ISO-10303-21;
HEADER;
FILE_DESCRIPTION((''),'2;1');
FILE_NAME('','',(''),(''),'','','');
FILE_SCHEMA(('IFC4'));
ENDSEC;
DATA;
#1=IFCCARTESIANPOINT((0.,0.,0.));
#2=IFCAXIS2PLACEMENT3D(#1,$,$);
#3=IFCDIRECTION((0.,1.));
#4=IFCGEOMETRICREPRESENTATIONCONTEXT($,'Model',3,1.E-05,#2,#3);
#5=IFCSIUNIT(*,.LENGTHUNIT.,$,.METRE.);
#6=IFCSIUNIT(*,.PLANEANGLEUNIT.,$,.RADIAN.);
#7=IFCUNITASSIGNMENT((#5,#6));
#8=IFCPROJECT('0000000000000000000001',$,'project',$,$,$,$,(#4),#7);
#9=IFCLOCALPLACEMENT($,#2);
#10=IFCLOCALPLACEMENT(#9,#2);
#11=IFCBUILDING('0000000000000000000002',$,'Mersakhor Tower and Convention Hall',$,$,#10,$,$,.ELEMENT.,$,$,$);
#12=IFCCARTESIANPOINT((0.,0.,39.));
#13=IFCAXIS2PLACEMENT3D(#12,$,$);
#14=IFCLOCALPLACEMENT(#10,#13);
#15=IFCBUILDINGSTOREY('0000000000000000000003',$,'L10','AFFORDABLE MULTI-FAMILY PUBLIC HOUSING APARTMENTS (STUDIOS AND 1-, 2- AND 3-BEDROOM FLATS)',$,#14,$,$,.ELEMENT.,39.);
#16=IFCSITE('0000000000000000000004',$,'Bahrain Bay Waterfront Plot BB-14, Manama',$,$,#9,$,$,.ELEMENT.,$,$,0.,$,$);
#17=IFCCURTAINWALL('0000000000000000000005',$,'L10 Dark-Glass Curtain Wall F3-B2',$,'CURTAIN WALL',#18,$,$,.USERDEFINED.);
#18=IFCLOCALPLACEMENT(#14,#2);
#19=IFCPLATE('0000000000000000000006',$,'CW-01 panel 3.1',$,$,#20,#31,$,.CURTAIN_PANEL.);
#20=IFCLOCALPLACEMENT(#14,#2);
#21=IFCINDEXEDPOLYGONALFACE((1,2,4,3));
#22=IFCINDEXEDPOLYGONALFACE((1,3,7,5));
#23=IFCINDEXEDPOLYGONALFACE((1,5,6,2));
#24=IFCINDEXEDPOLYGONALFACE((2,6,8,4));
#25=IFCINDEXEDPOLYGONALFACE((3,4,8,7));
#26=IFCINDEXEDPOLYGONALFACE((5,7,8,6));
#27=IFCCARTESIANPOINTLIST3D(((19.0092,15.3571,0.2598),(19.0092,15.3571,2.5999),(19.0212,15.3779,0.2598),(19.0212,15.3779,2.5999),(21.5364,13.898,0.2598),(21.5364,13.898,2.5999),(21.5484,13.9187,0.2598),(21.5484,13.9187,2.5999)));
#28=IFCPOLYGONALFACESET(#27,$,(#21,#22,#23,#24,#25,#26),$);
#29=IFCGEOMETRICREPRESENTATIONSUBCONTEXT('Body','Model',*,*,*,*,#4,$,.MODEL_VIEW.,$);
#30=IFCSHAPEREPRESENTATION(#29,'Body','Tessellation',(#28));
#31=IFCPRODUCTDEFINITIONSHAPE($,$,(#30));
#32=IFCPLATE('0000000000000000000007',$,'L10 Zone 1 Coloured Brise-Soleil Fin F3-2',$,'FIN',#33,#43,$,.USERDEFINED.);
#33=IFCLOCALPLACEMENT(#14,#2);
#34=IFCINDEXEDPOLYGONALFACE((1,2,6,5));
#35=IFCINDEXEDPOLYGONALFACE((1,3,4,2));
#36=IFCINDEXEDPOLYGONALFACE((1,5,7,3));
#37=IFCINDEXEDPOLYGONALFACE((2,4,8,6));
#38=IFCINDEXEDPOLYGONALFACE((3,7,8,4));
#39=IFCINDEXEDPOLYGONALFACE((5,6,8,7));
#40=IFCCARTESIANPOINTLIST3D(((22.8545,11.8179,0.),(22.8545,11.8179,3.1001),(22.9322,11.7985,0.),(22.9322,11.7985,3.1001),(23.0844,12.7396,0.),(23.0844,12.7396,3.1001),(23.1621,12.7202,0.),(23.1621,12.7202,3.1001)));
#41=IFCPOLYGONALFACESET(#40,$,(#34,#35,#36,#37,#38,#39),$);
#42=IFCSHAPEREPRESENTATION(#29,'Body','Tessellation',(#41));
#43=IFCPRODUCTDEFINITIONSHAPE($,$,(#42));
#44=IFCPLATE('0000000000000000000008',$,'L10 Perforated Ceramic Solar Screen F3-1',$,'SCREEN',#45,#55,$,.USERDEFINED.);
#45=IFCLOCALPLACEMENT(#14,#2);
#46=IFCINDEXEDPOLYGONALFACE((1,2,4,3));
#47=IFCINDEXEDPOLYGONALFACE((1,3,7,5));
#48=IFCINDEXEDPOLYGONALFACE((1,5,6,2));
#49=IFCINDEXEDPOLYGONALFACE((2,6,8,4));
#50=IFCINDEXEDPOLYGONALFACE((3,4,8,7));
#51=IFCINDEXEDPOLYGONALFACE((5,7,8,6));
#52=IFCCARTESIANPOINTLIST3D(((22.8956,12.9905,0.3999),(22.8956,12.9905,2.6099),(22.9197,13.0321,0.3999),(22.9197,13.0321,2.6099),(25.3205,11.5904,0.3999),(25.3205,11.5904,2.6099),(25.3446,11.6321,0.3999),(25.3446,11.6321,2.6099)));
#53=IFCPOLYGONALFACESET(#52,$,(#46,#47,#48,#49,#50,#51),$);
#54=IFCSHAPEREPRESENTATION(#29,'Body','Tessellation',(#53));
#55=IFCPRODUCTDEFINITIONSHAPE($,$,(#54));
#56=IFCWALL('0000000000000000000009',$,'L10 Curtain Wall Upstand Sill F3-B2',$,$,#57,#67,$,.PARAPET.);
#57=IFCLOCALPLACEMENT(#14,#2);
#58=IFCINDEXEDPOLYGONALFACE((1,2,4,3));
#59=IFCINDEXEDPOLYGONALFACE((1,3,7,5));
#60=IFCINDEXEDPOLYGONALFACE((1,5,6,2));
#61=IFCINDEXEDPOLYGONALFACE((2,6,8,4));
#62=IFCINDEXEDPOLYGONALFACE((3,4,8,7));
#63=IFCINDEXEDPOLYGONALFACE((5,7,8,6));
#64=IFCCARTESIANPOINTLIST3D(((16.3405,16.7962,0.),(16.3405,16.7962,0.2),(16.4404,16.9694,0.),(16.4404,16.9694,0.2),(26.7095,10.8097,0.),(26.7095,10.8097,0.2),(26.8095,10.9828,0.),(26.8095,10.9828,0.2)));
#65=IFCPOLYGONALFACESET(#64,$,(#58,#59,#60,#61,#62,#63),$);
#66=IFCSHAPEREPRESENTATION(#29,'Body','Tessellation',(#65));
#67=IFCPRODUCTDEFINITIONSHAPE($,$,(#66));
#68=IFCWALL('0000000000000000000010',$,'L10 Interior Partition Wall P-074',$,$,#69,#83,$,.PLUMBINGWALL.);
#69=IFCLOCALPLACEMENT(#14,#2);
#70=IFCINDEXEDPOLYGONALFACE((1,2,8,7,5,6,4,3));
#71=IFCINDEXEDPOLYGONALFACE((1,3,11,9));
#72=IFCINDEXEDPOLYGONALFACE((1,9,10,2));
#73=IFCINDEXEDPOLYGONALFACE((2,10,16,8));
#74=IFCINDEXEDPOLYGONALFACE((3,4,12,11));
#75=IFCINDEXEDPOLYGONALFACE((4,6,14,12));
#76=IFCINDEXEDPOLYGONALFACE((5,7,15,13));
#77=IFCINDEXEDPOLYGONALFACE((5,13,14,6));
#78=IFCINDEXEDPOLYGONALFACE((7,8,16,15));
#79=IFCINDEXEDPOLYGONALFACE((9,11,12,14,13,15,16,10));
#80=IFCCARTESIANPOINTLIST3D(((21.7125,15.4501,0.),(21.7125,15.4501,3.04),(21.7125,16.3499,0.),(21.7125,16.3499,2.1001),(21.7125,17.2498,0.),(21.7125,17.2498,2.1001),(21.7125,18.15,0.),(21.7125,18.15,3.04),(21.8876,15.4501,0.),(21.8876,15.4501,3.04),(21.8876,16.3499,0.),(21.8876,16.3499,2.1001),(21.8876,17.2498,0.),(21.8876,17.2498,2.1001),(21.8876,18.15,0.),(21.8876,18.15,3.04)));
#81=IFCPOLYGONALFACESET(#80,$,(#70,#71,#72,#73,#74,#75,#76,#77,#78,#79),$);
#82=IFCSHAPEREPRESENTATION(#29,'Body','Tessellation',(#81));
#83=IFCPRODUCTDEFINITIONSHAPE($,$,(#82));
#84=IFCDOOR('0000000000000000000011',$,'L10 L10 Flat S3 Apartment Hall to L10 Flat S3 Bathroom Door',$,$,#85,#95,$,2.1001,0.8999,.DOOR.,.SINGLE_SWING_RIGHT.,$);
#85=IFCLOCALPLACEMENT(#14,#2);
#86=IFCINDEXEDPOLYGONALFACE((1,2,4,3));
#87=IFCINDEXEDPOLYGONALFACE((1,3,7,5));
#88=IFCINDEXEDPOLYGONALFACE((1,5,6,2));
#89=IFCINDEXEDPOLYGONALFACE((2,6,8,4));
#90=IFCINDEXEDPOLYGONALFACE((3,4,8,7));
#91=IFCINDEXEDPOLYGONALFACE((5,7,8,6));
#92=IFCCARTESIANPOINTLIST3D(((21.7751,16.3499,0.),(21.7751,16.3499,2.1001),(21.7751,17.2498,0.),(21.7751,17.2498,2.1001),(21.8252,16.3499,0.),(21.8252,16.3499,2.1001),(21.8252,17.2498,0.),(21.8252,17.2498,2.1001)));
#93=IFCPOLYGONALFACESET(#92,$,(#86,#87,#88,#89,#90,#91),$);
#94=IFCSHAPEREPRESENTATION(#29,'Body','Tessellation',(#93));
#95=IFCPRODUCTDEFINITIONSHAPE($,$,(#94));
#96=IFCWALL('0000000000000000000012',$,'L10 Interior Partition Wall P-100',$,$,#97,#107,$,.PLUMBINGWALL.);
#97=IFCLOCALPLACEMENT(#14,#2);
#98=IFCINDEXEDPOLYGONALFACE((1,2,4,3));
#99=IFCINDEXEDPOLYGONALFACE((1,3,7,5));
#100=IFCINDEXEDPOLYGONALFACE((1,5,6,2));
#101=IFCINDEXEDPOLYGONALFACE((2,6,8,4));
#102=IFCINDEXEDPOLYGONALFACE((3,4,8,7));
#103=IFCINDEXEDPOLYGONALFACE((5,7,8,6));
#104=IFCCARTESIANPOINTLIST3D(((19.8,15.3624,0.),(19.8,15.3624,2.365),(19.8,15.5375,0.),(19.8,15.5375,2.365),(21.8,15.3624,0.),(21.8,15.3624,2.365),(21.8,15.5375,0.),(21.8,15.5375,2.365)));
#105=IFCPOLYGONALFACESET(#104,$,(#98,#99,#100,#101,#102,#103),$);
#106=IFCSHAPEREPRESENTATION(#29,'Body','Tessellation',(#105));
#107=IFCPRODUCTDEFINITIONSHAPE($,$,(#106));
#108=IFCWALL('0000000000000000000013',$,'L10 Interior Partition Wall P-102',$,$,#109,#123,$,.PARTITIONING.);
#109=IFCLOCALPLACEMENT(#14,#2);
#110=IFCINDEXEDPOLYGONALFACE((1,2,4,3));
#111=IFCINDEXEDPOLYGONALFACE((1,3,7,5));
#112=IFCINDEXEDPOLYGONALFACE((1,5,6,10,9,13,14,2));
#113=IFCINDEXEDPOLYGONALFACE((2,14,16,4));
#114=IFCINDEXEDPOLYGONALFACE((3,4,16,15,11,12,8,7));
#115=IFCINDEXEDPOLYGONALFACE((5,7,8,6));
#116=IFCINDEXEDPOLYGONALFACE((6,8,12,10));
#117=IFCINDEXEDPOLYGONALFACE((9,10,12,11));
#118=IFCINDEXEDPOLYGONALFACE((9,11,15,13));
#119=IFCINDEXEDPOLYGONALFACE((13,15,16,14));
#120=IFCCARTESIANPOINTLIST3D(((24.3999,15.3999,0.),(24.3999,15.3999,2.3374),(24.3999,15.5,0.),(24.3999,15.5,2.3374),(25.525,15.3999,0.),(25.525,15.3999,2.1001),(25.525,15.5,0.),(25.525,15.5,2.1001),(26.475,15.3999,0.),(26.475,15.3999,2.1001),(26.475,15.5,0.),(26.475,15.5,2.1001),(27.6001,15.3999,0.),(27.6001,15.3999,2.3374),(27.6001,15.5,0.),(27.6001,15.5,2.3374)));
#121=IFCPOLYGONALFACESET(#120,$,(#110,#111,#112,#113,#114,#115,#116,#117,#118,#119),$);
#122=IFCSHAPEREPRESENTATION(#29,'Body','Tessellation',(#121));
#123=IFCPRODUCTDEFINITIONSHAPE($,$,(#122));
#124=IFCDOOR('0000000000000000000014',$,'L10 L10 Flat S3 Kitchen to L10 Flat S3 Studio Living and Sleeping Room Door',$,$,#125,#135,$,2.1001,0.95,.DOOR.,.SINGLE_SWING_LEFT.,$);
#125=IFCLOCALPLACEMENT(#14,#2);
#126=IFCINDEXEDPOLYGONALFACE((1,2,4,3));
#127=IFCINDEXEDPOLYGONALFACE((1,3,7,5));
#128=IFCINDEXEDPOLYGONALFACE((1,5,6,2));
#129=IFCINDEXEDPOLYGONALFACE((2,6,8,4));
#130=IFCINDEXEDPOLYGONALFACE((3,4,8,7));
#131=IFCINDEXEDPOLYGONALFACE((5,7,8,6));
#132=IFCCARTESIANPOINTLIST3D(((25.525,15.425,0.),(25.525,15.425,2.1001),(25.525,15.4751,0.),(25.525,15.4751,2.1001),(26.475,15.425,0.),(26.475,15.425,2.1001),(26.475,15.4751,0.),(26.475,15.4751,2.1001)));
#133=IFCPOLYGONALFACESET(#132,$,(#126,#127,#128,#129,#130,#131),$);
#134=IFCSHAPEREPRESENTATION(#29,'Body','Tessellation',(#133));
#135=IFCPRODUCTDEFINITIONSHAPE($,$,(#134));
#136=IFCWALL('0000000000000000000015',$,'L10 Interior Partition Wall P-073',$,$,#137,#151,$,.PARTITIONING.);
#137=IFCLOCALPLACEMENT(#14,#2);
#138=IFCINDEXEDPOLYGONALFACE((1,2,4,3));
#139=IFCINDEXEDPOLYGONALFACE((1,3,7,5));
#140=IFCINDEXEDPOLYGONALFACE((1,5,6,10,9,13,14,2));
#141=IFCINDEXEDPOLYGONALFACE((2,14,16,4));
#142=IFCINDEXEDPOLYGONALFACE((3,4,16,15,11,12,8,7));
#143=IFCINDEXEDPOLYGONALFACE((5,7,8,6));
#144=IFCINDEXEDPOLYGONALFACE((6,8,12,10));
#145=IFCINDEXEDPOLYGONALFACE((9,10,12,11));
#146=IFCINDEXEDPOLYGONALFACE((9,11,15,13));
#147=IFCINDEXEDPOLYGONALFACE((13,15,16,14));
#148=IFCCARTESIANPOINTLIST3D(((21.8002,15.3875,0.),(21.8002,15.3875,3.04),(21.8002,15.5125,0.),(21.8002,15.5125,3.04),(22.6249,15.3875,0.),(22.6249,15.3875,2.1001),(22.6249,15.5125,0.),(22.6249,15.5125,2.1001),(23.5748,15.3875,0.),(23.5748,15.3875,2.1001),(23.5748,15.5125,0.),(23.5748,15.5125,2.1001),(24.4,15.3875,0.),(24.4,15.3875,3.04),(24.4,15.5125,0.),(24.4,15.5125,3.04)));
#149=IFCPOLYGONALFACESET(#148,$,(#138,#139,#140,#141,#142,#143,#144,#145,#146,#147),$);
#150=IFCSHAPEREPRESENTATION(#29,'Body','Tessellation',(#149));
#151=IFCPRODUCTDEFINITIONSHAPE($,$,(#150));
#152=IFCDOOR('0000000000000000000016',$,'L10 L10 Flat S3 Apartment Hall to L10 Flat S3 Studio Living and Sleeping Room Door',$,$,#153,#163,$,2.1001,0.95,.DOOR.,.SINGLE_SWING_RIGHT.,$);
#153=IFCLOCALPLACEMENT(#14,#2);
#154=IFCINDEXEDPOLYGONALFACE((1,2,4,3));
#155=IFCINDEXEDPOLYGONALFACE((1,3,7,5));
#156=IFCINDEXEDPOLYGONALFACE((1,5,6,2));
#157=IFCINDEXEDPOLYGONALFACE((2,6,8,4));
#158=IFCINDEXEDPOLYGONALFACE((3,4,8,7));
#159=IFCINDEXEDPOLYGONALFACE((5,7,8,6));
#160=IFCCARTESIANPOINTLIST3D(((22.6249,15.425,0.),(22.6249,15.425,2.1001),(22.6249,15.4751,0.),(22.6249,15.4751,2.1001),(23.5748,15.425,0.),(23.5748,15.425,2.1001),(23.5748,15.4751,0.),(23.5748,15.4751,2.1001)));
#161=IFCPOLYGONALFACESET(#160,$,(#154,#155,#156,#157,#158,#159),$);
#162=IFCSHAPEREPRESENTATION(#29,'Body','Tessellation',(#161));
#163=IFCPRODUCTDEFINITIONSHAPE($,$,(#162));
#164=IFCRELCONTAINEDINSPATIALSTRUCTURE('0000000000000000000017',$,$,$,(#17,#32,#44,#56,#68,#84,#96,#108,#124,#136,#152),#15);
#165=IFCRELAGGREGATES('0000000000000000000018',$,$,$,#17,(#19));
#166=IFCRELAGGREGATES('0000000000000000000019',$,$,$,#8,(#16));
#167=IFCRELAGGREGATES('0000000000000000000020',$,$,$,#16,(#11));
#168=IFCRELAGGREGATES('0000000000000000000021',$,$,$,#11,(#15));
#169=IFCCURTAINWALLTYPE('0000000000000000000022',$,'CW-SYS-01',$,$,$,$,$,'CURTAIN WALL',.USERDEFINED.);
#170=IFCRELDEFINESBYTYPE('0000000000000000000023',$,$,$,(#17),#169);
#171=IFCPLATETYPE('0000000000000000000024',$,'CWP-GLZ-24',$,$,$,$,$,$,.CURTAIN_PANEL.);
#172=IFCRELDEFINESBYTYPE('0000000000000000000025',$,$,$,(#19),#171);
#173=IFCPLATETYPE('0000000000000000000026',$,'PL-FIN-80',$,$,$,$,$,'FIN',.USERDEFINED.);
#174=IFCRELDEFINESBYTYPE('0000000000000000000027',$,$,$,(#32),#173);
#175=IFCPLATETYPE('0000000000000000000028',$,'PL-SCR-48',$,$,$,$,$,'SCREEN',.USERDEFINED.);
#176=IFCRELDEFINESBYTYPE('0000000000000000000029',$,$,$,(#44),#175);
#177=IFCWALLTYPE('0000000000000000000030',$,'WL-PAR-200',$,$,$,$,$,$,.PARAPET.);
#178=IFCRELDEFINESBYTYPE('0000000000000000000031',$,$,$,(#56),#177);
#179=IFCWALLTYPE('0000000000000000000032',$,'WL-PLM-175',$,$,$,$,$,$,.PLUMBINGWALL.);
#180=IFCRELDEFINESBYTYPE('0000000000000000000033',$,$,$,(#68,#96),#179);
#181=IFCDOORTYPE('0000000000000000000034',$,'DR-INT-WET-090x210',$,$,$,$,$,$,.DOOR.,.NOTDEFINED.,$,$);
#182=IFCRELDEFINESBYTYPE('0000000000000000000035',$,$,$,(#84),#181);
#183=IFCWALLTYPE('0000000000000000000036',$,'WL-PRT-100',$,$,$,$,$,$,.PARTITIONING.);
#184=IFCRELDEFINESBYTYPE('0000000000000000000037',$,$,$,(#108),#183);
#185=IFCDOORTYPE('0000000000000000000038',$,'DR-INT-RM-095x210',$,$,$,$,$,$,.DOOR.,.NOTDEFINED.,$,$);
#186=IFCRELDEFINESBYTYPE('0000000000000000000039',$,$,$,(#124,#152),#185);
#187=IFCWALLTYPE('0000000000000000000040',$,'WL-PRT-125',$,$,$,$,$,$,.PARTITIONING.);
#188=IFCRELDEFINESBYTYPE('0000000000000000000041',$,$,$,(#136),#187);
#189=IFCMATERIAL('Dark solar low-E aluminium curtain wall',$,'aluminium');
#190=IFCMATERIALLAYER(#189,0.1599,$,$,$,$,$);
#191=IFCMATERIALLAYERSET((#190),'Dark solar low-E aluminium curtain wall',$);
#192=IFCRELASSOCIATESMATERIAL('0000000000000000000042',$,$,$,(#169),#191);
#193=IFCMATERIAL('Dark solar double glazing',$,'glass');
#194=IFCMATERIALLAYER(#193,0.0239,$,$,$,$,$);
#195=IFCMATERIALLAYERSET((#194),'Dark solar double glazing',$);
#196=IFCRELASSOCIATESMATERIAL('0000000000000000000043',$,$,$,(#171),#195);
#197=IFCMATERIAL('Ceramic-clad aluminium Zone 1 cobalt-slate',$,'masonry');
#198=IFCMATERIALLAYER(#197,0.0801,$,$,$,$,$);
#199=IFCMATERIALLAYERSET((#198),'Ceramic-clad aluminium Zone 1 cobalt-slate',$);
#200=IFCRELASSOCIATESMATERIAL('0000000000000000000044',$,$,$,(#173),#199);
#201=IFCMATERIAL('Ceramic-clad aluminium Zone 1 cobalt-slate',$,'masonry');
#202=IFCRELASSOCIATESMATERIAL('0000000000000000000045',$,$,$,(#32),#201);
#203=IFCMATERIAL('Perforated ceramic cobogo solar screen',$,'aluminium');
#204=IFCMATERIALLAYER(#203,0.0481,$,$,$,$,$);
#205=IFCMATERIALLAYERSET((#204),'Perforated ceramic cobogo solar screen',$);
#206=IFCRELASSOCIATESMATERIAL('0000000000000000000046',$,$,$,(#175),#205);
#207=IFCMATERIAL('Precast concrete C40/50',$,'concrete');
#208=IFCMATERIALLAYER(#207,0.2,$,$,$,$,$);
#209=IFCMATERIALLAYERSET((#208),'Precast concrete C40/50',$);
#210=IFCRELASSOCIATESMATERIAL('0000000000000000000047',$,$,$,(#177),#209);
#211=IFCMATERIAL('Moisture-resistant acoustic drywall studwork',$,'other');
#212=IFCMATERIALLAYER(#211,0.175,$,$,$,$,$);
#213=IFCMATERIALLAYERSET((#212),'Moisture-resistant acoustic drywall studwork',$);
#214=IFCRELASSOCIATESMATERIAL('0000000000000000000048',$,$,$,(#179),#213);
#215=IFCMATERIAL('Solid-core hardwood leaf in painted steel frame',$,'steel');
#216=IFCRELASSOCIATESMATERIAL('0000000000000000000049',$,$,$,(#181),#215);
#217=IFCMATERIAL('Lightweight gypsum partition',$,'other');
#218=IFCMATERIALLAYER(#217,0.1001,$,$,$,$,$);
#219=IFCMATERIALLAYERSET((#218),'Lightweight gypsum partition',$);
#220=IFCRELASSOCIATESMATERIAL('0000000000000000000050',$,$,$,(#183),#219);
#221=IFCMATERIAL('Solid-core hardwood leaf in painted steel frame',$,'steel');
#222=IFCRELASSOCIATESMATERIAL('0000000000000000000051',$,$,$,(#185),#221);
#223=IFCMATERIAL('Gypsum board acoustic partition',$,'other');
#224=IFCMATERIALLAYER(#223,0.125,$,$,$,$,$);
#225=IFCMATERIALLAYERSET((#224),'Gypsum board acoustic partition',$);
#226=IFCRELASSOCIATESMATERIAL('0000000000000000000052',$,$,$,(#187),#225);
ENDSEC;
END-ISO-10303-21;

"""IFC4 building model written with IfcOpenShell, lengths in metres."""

from ifc_helpers import new_model, si_unit, direction, frame, frame_2d, origin, origin_2d, place, context, subcontext, project, spatial, rectangle, extrude, material, layer, layer_set, type_object, element, fill, aggregate, save


model = new_model("IFC4")

# Units and contexts
model_context = context("Model", 3, precision=1e-05, world=origin(), true_north=direction((0.0, 1.0)))
body_context = subcontext(model_context, "Body", "Model", "MODEL_VIEW")
ifc_project = project(units=[si_unit("LENGTHUNIT", "METRE"), si_unit("PLANEANGLEUNIT", "RADIAN")], contexts=[model_context])

# Site, building, storey
site_placement = place(None, origin())
site = spatial("IfcSite", under=ifc_project, at=site_placement, Name="Bahrain Bay Waterfront Plot BB-14, Manama", CompositionType="ELEMENT", RefElevation=0.0)
building_placement = place(site_placement, origin())
building = spatial("IfcBuilding", under=site, at=building_placement, Name="Mersakhor Tower and Convention Hall", CompositionType="ELEMENT")
storey_placement = place(building_placement, frame((0.0, 0.0, 39.0)))
storey = spatial("IfcBuildingStorey", under=building, at=storey_placement, Name="L10", Description="AFFORDABLE MULTI-FAMILY PUBLIC HOUSING APARTMENTS (STUDIOS AND 1-, 2- AND 3-BEDROOM FLATS)", CompositionType="ELEMENT", Elevation=39.0)

# Curtain wall, plate
ifc_material_1 = material(Name="Dark solar low-E aluminium curtain wall", Category="aluminium")
ifc_layer_1 = layer(ifc_material_1, 0.1599)
ifc_layer_set_1 = layer_set([ifc_layer_1], Name="Dark solar low-E aluminium curtain wall")
curtain_wall_type = type_object("IfcCurtainWallType", Name="CW-SYS-01", ElementType="CURTAIN WALL", PredefinedType="USERDEFINED", material=ifc_layer_set_1)
curtain_wall_placement = place(storey_placement, origin())
curtain_wall = element("IfcCurtainWall", 1, at=curtain_wall_placement, inside=storey, type_object=curtain_wall_type, Name="L10 Dark-Glass Curtain Wall F3-B2", ObjectType="CURTAIN WALL", PredefinedType="USERDEFINED")
ifc_material_2 = material(Name="Dark solar double glazing", Category="glass")
ifc_layer_2 = layer(ifc_material_2, 0.0239)
ifc_layer_set_2 = layer_set([ifc_layer_2], Name="Dark solar double glazing")
plate_type_1 = type_object("IfcPlateType", Name="CWP-GLZ-24", PredefinedType="CURTAIN_PANEL", material=ifc_layer_set_2)
plate_1_placement = place(storey_placement, frame((20.2788, 14.6379, 0.2598), z_axis=(0.0, 0.0, 1.0), x_axis=(-0.866023, 0.500003, 0.0)))
plate_1 = element("IfcPlate", 2, at=plate_1_placement, type_object=plate_type_1, Name="CW-01 panel 3.1", PredefinedType="CURTAIN_PANEL", context=body_context, shape_type="SweptSolid", body=[
    extrude(rectangle(XDim=2.9182, YDim=0.0239, at=origin_2d()), origin(), (0.0, 0.0, 1.0), 2.3401),
])
aggregate(curtain_wall, [plate_1])

# Plates
ifc_material_3 = material(Name="Ceramic-clad aluminium Zone 1 cobalt-slate", Category="masonry")
ifc_material_4 = material(Name="Ceramic-clad aluminium Zone 1 cobalt-slate", Category="masonry")
ifc_layer_3 = layer(ifc_material_4, 0.0801)
ifc_layer_set_3 = layer_set([ifc_layer_3], Name="Ceramic-clad aluminium Zone 1 cobalt-slate")
plate_type_2 = type_object("IfcPlateType", Name="PL-FIN-80", ElementType="FIN", PredefinedType="USERDEFINED", material=ifc_layer_set_3)
plate_2_placement = place(storey_placement, frame((23.0083, 12.269, 0.0), z_axis=(0.0, 0.0, 1.0), x_axis=(-0.241922, -0.970296, 0.0)))
element("IfcPlate", 3, at=plate_2_placement, inside=storey, type_object=plate_type_2, material=ifc_material_3, Name="L10 Zone 1 Coloured Brise-Soleil Fin F3-2", ObjectType="FIN", PredefinedType="USERDEFINED", context=body_context, shape_type="SweptSolid", body=[
    extrude(rectangle(XDim=0.95, YDim=0.0801, at=origin_2d()), origin(), (0.0, 0.0, 1.0), 3.1001),
])
ifc_material_5 = material(Name="Perforated ceramic cobogo solar screen", Category="aluminium")
ifc_layer_4 = layer(ifc_material_5, 0.0481)
ifc_layer_set_4 = layer_set([ifc_layer_4], Name="Perforated ceramic cobogo solar screen")
plate_type_3 = type_object("IfcPlateType", Name="PL-SCR-48", ElementType="SCREEN", PredefinedType="USERDEFINED", material=ifc_layer_set_4)
plate_3_placement = place(storey_placement, frame((24.1201, 12.3113, 0.3999), z_axis=(0.0, 0.0, 1.0), x_axis=(-0.866025, 0.5, 0.0)))
element("IfcPlate", 4, at=plate_3_placement, inside=storey, type_object=plate_type_3, Name="L10 Perforated Ceramic Solar Screen F3-1", ObjectType="SCREEN", PredefinedType="USERDEFINED", context=body_context, shape_type="SweptSolid", body=[
    extrude(rectangle(XDim=2.8, YDim=0.0481, at=origin_2d()), origin(), (0.0, 0.0, 1.0), 2.21),
])

# Wall
ifc_material_6 = material(Name="Precast concrete C40/50", Category="concrete")
ifc_layer_5 = layer(ifc_material_6, 0.2)
ifc_layer_set_5 = layer_set([ifc_layer_5], Name="Precast concrete C40/50")
wall_type_1 = type_object("IfcWallType", Name="WL-PAR-200", PredefinedType="PARAPET", material=ifc_layer_set_5)
wall_1_placement = place(storey_placement, frame((26.7595, 10.8962, 0.0), z_axis=(0.0, 0.0, 1.0), x_axis=(-0.866027, 0.499997, 0.0)))
element("IfcWall", 5, at=wall_1_placement, inside=storey, type_object=wall_type_1, Name="L10 Curtain Wall Upstand Sill F3-B2", PredefinedType="PARAPET", context=body_context, shape_type="SweptSolid", body=[
    extrude(rectangle(XDim=11.9731, YDim=0.2, at=frame_2d((5.9866, 0.0))), origin(), (0.0, 0.0, 1.0), 0.2),
])

# Wall, opening, door
ifc_material_7 = material(Name="Moisture-resistant acoustic drywall studwork", Category="other")
ifc_layer_6 = layer(ifc_material_7, 0.175)
ifc_layer_set_6 = layer_set([ifc_layer_6], Name="Moisture-resistant acoustic drywall studwork")
wall_type_2 = type_object("IfcWallType", Name="WL-PLM-175", PredefinedType="PLUMBINGWALL", material=ifc_layer_set_6)
wall_2_placement = place(storey_placement, frame((21.8, 15.45, 0.0), z_axis=(0.0, 0.0, 1.0), x_axis=(0.0, 1.0, 0.0)))
wall_2 = element("IfcWall", 6, at=wall_2_placement, inside=storey, type_object=wall_type_2, Name="L10 Interior Partition Wall P-074", PredefinedType="PLUMBINGWALL", context=body_context, shape_type="SweptSolid", body=[
    extrude(rectangle(XDim=2.7, YDim=0.175, at=frame_2d((1.3501, 0.0))), origin(), (0.0, 0.0, 1.0), 3.04),
])
opening_1_placement = place(wall_2_placement, frame((0.8999, 0.0, 0.0)))
opening_1 = element("IfcOpeningElement", 7, at=opening_1_placement, cuts=wall_2, PredefinedType="OPENING", context=body_context, shape_type="SweptSolid", body=[
    extrude(rectangle(XDim=0.8999, YDim=2.1001, at=frame_2d((0.45, 1.05))), frame((0.0, 0.0974, 0.0), z_axis=(0.0, -1.0, 0.0), x_axis=(1.0, 0.0, 0.0)), (0.0, 0.0, 1.0), 0.1951),
])
ifc_material_8 = material(Name="Solid-core hardwood leaf in painted steel frame", Category="steel")
door_type_1 = type_object("IfcDoorType", Name="DR-INT-WET-090x210", OperationType="NOTDEFINED", PredefinedType="DOOR", material=ifc_material_8)
door_1_placement = place(opening_1_placement, origin())
door_1 = element("IfcDoor", 8, at=door_1_placement, inside=storey, type_object=door_type_1, Name="L10 L10 Flat S3 Apartment Hall to L10 Flat S3 Bathroom Door", OperationType="SINGLE_SWING_RIGHT", OverallHeight=2.1001, OverallWidth=0.8999, PredefinedType="DOOR", context=body_context, shape_type="SweptSolid", body=[
    extrude(rectangle(XDim=0.8999, YDim=2.1001, at=frame_2d((0.45, 1.05))), frame((0.0, 0.0249, 0.0), z_axis=(0.0, -1.0, 0.0), x_axis=(1.0, 0.0, 0.0)), (0.0, 0.0, 1.0), 0.05),
])
fill(opening_1, door_1)

# Wall
wall_3_placement = place(storey_placement, frame((21.8, 15.45, 0.0), z_axis=(0.0, 0.0, 1.0), x_axis=(-1.0, 0.0, 0.0)))
element("IfcWall", 9, at=wall_3_placement, inside=storey, type_object=wall_type_2, Name="L10 Interior Partition Wall P-100", PredefinedType="PLUMBINGWALL", context=body_context, shape_type="SweptSolid", body=[
    extrude(rectangle(XDim=2.0, YDim=0.175, at=frame_2d((1.0, 0.0))), origin(), (0.0, 0.0, 1.0), 2.365),
])

# Walls, openings, doors
ifc_material_9 = material(Name="Lightweight gypsum partition", Category="other")
ifc_layer_7 = layer(ifc_material_9, 0.1001)
ifc_layer_set_7 = layer_set([ifc_layer_7], Name="Lightweight gypsum partition")
wall_type_3 = type_object("IfcWallType", Name="WL-PRT-100", PredefinedType="PARTITIONING", material=ifc_layer_set_7)
wall_4_placement = place(storey_placement, frame((27.6001, 15.45, 0.0), z_axis=(0.0, 0.0, 1.0), x_axis=(-1.0, 0.0, 0.0)))
wall_4 = element("IfcWall", 10, at=wall_4_placement, inside=storey, type_object=wall_type_3, Name="L10 Interior Partition Wall P-102", PredefinedType="PARTITIONING", context=body_context, shape_type="SweptSolid", body=[
    extrude(rectangle(XDim=3.2002, YDim=0.1001, at=frame_2d((1.6001, 0.0))), origin(), (0.0, 0.0, 1.0), 2.3374),
])
opening_2_placement = place(wall_4_placement, frame((1.125, 0.0, 0.0)))
opening_2 = element("IfcOpeningElement", 11, at=opening_2_placement, cuts=wall_4, PredefinedType="OPENING", context=body_context, shape_type="SweptSolid", body=[
    extrude(rectangle(XDim=0.95, YDim=2.1001, at=frame_2d((0.4751, 1.05))), frame((0.0, 0.0601, 0.0), z_axis=(0.0, -1.0, 0.0), x_axis=(1.0, 0.0, 0.0)), (0.0, 0.0, 1.0), 0.1201),
])
ifc_material_10 = material(Name="Solid-core hardwood leaf in painted steel frame", Category="steel")
door_type_2 = type_object("IfcDoorType", Name="DR-INT-RM-095x210", OperationType="NOTDEFINED", PredefinedType="DOOR", material=ifc_material_10)
door_2_placement = place(opening_2_placement, origin())
door_2 = element("IfcDoor", 12, at=door_2_placement, inside=storey, type_object=door_type_2, Name="L10 L10 Flat S3 Kitchen to L10 Flat S3 Studio Living and Sleeping Room Door", OperationType="SINGLE_SWING_LEFT", OverallHeight=2.1001, OverallWidth=0.95, PredefinedType="DOOR", context=body_context, shape_type="SweptSolid", body=[
    extrude(rectangle(XDim=0.95, YDim=2.1001, at=frame_2d((0.4751, 1.05))), frame((0.0, 0.0249, 0.0), z_axis=(0.0, -1.0, 0.0), x_axis=(1.0, 0.0, 0.0)), (0.0, 0.0, 1.0), 0.05),
])
fill(opening_2, door_2)
ifc_material_11 = material(Name="Gypsum board acoustic partition", Category="other")
ifc_layer_8 = layer(ifc_material_11, 0.125)
ifc_layer_set_8 = layer_set([ifc_layer_8], Name="Gypsum board acoustic partition")
wall_type_4 = type_object("IfcWallType", Name="WL-PRT-125", PredefinedType="PARTITIONING", material=ifc_layer_set_8)
wall_5_placement = place(storey_placement, frame((24.3999, 15.45, 0.0), z_axis=(0.0, 0.0, 1.0), x_axis=(-1.0, 0.0, 0.0)))
wall_5 = element("IfcWall", 13, at=wall_5_placement, inside=storey, type_object=wall_type_4, Name="L10 Interior Partition Wall P-073", PredefinedType="PARTITIONING", context=body_context, shape_type="SweptSolid", body=[
    extrude(rectangle(XDim=2.5999, YDim=0.125, at=frame_2d((1.2998, 0.0))), origin(), (0.0, 0.0, 1.0), 3.04),
])
opening_3_placement = place(wall_5_placement, frame((0.825, 0.0, 0.0)))
opening_3 = element("IfcOpeningElement", 14, at=opening_3_placement, cuts=wall_5, PredefinedType="OPENING", context=body_context, shape_type="SweptSolid", body=[
    extrude(rectangle(XDim=0.95, YDim=2.1001, at=frame_2d((0.4751, 1.05))), frame((0.0, 0.0725, 0.0), z_axis=(0.0, -1.0, 0.0), x_axis=(1.0, 0.0, 0.0)), (0.0, 0.0, 1.0), 0.145),
])
door_3_placement = place(opening_3_placement, origin())
door_3 = element("IfcDoor", 15, at=door_3_placement, inside=storey, type_object=door_type_2, Name="L10 L10 Flat S3 Apartment Hall to L10 Flat S3 Studio Living and Sleeping Room Door", OperationType="SINGLE_SWING_RIGHT", OverallHeight=2.1001, OverallWidth=0.95, PredefinedType="DOOR", context=body_context, shape_type="SweptSolid", body=[
    extrude(rectangle(XDim=0.95, YDim=2.1001, at=frame_2d((0.4751, 1.05))), frame((0.0, 0.0249, 0.0), z_axis=(0.0, -1.0, 0.0), x_axis=(1.0, 0.0, 0.0)), (0.0, 0.0, 1.0), 0.05),
])
fill(opening_3, door_3)

save(model, "model.ifc")
